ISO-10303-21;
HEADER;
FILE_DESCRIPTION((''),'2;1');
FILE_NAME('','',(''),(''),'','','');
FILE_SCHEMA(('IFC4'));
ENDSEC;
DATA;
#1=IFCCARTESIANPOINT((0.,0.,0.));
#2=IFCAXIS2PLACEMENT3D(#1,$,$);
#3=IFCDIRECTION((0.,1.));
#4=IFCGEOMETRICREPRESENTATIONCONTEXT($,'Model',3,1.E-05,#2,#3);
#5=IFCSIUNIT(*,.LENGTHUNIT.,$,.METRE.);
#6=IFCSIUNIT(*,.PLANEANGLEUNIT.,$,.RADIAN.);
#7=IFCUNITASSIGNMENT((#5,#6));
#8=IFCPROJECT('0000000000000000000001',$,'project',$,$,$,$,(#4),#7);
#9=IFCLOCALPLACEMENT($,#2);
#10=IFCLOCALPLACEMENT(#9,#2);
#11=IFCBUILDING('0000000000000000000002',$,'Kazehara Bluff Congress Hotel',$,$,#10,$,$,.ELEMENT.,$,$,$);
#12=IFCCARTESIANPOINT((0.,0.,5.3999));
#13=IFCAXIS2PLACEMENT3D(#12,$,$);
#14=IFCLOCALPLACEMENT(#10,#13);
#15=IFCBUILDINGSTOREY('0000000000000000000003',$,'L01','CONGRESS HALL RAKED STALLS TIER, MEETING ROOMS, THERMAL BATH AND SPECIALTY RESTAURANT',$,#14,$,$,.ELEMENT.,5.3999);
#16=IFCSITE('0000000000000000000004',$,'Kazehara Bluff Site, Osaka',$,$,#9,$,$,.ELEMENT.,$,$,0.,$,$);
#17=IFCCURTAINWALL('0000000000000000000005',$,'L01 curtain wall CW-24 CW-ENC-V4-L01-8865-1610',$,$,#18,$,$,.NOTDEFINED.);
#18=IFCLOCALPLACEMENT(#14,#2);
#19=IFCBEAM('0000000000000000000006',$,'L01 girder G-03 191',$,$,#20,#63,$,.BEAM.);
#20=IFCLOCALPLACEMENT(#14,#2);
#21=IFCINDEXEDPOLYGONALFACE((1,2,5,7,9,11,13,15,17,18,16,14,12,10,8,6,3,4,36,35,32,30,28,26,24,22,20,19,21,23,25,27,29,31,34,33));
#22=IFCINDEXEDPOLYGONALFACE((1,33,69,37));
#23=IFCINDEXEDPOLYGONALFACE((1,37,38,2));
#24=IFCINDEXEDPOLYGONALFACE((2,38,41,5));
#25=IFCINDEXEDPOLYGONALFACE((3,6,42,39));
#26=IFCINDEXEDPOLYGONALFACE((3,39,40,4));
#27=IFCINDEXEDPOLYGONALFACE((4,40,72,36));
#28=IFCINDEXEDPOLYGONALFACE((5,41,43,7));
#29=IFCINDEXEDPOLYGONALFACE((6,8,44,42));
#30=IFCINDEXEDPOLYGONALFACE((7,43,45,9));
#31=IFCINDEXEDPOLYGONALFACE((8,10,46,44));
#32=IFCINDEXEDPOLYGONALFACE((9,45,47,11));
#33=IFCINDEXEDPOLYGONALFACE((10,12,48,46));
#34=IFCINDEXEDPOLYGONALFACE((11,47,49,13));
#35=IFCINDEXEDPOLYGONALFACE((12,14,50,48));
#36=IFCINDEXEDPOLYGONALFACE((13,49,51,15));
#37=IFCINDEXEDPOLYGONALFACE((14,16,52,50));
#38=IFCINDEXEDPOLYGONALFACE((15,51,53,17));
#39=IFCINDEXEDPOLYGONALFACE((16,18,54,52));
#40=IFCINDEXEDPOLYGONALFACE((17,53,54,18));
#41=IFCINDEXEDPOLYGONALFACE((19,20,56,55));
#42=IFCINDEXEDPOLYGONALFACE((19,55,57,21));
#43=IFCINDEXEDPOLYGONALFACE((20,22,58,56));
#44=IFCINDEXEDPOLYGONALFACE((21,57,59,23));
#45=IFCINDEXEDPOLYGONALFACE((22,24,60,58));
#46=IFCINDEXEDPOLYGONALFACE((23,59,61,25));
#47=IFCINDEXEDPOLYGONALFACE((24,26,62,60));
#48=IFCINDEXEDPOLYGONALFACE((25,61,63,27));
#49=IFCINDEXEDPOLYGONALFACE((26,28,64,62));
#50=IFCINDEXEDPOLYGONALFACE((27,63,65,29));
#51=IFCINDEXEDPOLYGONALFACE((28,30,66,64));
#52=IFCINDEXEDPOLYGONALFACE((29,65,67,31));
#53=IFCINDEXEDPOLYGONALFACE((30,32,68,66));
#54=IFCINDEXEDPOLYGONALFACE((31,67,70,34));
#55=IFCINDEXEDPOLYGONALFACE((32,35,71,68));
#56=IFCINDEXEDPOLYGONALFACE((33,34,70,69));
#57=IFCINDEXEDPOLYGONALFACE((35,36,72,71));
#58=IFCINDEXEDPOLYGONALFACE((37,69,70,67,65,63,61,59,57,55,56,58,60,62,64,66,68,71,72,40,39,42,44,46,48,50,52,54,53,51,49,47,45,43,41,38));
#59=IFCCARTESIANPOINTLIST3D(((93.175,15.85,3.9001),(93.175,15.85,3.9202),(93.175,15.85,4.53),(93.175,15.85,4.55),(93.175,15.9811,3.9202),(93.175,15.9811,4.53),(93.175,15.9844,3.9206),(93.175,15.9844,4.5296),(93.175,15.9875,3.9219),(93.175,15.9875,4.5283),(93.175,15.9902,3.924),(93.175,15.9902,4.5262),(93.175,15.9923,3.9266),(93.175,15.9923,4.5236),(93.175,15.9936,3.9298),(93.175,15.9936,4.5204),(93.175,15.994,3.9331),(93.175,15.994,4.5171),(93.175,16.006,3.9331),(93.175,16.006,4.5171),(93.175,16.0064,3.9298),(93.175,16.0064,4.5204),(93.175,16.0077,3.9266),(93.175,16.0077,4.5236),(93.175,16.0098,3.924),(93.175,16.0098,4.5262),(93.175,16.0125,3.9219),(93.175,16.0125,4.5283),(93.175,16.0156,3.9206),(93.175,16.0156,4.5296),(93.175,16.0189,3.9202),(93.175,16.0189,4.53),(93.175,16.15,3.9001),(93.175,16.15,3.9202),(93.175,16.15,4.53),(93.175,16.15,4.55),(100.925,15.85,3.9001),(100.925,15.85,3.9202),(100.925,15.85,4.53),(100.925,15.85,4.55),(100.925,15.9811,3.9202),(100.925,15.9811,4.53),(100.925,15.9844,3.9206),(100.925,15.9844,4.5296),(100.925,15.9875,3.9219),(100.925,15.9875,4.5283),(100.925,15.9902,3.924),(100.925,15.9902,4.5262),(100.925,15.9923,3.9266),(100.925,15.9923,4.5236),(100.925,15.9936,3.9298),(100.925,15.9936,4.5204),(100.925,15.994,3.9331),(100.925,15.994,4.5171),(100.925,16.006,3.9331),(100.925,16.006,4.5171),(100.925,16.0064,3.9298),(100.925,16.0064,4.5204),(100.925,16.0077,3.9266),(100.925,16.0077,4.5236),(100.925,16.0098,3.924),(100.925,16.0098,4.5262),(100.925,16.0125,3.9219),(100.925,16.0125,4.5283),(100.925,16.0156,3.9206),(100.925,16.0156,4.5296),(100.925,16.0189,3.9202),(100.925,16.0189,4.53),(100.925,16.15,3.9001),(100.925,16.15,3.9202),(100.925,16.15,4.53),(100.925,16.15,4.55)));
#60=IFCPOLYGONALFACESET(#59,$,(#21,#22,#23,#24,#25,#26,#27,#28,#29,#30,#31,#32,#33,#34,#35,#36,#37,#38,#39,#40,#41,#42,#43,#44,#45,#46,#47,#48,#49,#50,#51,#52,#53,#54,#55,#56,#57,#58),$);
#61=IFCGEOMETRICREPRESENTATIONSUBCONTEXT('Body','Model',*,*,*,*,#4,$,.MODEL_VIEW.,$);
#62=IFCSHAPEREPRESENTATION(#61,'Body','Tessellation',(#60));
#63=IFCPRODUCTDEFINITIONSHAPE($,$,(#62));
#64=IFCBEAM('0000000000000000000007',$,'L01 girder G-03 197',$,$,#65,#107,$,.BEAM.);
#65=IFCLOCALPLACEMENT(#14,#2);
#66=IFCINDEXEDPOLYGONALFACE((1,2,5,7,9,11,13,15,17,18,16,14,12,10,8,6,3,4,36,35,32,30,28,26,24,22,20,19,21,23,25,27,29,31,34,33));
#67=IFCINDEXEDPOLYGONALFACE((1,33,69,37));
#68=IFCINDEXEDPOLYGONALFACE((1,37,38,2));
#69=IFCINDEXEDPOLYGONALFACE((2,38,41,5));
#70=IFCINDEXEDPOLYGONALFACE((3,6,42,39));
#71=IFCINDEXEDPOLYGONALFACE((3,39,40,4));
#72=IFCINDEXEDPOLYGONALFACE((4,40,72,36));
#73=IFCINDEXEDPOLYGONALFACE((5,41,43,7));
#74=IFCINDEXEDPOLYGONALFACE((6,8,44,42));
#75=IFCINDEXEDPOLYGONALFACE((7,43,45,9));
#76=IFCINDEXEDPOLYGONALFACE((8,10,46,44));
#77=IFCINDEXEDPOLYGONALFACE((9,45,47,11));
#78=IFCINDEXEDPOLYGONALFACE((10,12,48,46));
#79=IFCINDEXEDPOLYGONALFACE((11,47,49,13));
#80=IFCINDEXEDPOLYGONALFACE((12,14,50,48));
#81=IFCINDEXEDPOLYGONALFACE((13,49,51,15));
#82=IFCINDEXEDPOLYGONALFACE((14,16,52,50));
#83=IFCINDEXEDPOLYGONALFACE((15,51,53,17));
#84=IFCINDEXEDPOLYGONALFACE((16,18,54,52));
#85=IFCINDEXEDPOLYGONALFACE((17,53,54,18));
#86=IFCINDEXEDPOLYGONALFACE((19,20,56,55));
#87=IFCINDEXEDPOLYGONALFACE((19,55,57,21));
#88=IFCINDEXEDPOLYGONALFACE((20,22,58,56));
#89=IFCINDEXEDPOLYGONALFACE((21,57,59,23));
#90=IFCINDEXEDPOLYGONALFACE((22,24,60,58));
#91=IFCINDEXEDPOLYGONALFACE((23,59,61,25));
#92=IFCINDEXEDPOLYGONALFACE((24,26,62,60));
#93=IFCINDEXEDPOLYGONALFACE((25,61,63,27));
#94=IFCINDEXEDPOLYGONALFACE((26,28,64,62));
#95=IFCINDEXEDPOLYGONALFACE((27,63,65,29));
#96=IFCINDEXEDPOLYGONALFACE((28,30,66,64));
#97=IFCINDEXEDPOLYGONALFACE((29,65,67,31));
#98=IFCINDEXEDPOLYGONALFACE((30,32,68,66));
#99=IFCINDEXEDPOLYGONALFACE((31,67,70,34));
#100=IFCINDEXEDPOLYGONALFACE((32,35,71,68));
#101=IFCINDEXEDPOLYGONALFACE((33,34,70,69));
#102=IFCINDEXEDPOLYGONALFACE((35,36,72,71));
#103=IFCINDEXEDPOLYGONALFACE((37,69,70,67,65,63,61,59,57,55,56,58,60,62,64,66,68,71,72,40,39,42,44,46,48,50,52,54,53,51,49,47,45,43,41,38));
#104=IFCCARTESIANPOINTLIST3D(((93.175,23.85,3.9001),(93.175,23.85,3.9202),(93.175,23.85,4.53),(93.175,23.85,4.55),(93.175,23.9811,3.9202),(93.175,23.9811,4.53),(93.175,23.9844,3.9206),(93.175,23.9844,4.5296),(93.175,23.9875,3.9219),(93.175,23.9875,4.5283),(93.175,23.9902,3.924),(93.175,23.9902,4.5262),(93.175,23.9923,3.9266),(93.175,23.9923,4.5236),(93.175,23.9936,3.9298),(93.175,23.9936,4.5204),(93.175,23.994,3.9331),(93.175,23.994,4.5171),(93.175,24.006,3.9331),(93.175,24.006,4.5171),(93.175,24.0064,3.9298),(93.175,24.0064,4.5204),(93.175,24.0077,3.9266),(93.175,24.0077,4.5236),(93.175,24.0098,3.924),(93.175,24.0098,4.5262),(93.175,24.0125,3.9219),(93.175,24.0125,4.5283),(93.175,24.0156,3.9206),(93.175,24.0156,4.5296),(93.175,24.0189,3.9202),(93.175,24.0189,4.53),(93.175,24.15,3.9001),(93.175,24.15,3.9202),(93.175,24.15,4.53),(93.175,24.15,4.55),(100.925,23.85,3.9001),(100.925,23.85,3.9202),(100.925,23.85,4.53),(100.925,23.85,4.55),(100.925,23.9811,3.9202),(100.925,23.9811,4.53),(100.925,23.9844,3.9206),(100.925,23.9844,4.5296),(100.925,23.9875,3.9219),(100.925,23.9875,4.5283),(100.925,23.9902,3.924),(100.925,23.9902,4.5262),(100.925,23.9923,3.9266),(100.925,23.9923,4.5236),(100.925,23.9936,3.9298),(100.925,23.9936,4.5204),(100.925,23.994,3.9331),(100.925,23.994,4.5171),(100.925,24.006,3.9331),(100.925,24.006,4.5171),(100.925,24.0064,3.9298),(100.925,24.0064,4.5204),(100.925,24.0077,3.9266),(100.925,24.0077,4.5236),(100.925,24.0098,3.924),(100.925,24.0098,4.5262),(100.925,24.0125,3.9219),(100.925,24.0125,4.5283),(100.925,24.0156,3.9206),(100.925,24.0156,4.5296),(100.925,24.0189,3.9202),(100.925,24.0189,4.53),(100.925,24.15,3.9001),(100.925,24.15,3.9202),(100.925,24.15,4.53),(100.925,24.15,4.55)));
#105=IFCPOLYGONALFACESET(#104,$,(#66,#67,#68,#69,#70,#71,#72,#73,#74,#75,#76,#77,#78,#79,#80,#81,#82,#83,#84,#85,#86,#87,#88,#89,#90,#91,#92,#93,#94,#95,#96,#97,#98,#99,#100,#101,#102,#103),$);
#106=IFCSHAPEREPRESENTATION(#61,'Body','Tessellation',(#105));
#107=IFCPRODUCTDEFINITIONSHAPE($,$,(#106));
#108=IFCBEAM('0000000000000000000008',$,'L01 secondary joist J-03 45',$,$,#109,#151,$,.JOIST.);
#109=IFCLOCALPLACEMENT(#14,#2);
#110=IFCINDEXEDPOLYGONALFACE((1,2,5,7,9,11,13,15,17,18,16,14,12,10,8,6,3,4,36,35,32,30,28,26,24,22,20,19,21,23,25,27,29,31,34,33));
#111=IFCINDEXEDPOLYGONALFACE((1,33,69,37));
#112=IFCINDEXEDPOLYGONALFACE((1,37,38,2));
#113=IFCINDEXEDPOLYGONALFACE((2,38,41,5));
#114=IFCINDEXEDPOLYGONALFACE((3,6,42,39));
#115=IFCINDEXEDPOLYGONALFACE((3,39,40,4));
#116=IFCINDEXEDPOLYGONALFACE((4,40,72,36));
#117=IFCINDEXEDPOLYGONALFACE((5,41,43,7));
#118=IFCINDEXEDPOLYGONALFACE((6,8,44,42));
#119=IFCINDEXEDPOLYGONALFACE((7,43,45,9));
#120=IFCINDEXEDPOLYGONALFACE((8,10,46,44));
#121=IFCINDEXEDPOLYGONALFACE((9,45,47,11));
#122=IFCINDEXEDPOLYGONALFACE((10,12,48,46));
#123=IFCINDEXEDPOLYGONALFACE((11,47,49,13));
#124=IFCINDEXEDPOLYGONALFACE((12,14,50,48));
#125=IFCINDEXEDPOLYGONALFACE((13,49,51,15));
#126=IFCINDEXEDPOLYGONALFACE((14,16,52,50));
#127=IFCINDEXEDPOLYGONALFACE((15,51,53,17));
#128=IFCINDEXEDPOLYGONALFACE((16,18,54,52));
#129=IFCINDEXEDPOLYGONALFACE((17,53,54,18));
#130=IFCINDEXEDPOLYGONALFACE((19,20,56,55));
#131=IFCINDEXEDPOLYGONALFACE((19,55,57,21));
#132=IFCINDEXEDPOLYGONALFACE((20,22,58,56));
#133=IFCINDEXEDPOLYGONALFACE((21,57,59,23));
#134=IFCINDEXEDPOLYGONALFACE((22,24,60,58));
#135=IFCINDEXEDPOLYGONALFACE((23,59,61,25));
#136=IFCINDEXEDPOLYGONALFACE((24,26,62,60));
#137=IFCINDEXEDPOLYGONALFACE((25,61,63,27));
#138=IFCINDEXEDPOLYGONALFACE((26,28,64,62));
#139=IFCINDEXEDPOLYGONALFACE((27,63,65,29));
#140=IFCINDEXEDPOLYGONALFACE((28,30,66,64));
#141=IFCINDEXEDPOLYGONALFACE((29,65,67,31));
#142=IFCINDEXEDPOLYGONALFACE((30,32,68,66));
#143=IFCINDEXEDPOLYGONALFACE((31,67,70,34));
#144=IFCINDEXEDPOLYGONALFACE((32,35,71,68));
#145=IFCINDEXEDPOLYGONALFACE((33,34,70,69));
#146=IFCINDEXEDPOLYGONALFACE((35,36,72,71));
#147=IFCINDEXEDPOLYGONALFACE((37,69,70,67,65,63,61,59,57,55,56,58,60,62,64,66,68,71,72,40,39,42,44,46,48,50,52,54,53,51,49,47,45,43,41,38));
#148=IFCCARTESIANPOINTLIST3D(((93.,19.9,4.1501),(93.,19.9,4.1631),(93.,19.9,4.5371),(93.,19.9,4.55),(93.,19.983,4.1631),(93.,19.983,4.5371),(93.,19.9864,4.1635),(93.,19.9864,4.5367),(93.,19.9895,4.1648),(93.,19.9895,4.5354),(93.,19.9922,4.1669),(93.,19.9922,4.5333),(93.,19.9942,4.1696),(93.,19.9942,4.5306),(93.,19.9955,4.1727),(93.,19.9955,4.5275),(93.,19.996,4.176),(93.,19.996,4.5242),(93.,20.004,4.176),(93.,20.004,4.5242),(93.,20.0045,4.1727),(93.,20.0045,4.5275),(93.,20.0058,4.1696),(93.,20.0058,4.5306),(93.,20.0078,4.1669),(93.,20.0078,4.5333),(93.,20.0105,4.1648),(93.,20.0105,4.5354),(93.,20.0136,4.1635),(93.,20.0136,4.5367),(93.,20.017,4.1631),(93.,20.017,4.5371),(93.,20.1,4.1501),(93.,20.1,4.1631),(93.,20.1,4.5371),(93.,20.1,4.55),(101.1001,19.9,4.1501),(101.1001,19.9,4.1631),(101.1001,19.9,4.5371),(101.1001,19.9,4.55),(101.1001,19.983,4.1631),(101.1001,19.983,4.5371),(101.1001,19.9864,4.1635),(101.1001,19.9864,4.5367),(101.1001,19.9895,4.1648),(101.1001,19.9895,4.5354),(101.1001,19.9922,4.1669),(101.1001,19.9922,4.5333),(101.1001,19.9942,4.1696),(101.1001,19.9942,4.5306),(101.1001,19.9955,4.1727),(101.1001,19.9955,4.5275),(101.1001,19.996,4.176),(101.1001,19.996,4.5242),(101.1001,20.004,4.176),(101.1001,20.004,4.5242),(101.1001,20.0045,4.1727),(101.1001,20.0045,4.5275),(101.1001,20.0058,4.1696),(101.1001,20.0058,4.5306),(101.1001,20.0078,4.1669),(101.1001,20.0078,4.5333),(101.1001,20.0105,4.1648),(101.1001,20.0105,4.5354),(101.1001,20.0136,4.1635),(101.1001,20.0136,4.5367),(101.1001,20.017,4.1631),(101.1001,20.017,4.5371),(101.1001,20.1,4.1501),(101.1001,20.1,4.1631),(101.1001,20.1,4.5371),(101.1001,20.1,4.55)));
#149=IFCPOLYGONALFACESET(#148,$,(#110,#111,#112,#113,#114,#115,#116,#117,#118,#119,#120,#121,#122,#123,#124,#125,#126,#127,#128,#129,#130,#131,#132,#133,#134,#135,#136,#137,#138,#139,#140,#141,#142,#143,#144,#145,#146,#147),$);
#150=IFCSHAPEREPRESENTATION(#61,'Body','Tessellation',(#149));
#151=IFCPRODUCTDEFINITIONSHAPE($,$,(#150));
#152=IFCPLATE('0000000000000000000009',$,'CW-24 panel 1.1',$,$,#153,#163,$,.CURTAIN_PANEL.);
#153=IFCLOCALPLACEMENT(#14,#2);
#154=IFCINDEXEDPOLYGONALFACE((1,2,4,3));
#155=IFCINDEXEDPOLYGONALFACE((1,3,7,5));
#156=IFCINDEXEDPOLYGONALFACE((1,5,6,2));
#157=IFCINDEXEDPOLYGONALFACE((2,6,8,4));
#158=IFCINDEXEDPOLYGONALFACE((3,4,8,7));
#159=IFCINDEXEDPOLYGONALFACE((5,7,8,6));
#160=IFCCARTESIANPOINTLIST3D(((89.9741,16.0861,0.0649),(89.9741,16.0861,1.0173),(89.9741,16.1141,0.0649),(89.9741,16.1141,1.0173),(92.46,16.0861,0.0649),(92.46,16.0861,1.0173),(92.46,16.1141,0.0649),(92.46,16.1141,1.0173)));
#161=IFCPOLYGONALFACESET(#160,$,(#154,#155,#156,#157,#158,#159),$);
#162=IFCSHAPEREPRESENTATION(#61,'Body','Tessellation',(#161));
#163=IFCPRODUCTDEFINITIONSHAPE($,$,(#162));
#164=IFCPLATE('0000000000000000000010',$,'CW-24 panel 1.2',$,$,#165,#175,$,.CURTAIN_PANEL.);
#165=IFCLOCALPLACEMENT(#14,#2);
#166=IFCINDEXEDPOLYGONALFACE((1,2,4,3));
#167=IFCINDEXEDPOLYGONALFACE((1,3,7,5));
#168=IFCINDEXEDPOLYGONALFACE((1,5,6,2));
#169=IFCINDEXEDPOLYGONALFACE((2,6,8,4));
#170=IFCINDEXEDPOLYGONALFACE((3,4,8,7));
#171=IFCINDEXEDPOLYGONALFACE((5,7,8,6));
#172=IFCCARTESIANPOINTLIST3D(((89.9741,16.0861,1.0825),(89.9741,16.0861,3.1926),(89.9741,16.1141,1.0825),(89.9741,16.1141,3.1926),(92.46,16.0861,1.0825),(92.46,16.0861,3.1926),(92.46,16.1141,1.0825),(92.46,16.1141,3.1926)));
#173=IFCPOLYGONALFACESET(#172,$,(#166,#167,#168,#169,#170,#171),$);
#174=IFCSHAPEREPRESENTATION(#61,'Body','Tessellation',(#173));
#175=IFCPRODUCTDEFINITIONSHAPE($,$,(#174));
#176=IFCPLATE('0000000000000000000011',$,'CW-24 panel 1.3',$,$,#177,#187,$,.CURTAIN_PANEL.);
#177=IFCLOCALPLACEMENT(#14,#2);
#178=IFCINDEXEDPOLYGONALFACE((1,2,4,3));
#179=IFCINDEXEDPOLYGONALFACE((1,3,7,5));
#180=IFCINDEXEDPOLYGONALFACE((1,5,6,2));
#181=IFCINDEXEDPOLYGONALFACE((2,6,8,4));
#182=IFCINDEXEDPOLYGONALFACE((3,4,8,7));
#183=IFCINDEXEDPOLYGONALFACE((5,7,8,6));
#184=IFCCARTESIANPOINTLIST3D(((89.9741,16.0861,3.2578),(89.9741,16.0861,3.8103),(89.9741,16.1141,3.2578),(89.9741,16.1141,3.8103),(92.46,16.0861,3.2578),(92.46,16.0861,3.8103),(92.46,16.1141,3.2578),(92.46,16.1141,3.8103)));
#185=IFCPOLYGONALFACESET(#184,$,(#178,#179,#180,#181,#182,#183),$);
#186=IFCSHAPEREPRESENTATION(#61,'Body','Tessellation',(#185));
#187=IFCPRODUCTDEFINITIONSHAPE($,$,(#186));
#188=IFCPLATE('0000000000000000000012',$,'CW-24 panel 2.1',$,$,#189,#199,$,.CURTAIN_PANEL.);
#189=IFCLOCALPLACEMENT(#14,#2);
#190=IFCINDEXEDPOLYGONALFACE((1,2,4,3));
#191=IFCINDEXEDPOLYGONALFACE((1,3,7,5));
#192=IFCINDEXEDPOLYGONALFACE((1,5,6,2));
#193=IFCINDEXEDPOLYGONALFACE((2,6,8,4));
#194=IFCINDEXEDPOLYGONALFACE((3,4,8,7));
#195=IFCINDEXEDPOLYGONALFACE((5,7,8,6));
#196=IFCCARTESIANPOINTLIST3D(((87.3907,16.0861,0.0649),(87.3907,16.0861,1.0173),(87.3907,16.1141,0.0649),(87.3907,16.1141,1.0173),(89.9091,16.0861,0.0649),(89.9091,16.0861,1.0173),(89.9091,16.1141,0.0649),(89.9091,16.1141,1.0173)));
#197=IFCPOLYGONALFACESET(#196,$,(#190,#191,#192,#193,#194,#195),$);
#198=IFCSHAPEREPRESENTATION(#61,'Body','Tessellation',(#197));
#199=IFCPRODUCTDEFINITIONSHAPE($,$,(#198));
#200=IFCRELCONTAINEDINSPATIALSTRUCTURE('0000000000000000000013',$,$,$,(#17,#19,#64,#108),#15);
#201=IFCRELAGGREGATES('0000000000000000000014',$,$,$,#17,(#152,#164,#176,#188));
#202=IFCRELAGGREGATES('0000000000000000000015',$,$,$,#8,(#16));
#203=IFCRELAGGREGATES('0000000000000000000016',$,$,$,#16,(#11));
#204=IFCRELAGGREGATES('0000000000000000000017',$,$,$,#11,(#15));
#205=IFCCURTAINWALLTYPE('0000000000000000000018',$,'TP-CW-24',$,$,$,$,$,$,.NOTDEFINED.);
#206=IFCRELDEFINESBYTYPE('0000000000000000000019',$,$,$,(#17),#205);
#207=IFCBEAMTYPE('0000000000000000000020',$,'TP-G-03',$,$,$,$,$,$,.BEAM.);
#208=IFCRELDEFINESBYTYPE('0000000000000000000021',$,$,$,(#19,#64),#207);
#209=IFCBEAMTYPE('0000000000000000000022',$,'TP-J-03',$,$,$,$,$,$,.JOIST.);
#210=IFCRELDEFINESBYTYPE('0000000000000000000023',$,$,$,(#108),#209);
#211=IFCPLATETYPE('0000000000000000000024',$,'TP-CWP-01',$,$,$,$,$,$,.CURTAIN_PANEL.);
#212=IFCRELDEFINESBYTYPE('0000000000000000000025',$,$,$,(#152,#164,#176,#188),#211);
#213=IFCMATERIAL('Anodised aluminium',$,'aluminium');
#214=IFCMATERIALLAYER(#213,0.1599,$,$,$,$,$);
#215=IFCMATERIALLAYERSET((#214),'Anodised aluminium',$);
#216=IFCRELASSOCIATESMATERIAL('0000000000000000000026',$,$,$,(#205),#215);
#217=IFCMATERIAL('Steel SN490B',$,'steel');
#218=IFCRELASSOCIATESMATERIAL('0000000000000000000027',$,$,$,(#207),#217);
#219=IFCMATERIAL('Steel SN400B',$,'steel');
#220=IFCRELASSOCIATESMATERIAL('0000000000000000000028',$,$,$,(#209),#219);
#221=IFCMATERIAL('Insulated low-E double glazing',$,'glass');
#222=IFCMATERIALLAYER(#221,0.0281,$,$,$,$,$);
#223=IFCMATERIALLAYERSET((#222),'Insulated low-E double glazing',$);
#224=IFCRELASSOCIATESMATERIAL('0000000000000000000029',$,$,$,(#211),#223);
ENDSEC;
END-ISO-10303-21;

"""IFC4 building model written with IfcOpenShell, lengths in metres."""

from ifc_helpers import new_model, si_unit, direction, frame, origin, origin_2d, place, context, subcontext, project, spatial, rectangle, i_section, extrude, material, layer, layer_set, material_profile, profile_set, type_object, element, aggregate, save


model = new_model("IFC4")

# Units and contexts
model_context = context("Model", 3, precision=1e-05, world=origin(), true_north=direction((0.0, 1.0)))
body_context = subcontext(model_context, "Body", "Model", "MODEL_VIEW")
ifc_project = project(units=[si_unit("LENGTHUNIT", "METRE"), si_unit("PLANEANGLEUNIT", "RADIAN")], contexts=[model_context])

# Site, building, storey
site_placement = place(None, origin())
site = spatial("IfcSite", under=ifc_project, at=site_placement, Name="Kazehara Bluff Site, Osaka", CompositionType="ELEMENT", RefElevation=0.0)
building_placement = place(site_placement, origin())
building = spatial("IfcBuilding", under=site, at=building_placement, Name="Kazehara Bluff Congress Hotel", CompositionType="ELEMENT")
storey_placement = place(building_placement, frame((0.0, 0.0, 5.3999)))
storey = spatial("IfcBuildingStorey", under=building, at=storey_placement, Name="L01", Description="CONGRESS HALL RAKED STALLS TIER, MEETING ROOMS, THERMAL BATH AND SPECIALTY RESTAURANT", CompositionType="ELEMENT", Elevation=5.3999)

# Curtain wall
ifc_material_1 = material(Name="Anodised aluminium", Category="aluminium")
ifc_layer_1 = layer(ifc_material_1, 0.1599)
ifc_layer_set_1 = layer_set([ifc_layer_1], Name="Anodised aluminium")
curtain_wall_type = type_object("IfcCurtainWallType", Name="TP-CW-24", PredefinedType="NOTDEFINED", material=ifc_layer_set_1)
curtain_wall_1_placement = place(storey_placement, origin())
curtain_wall_1 = element("IfcCurtainWall", 1, at=curtain_wall_1_placement, inside=storey, type_object=curtain_wall_type, Name="L01 curtain wall CW-24 CW-ENC-V4-L01-8865-1610", PredefinedType="NOTDEFINED")

# Beams
ifc_material_2 = material(Name="Steel SN490B", Category="steel")
ifc_material_profile_1 = material_profile(ifc_material_2, i_section(OverallWidth=0.3, OverallDepth=0.6499, WebThickness=0.012, FlangeThickness=0.02, FilletRadius=0.0129, at=origin_2d()))
ifc_profile_set_1 = profile_set([ifc_material_profile_1], Name="Steel SN490B")
beam_type_1 = type_object("IfcBeamType", Name="TP-G-03", PredefinedType="BEAM", material=ifc_profile_set_1)
for number, where, z_axis, x_axis, name in (
    (2, (93.175, 16.0, 4.2251), (1.0, 0.0, 0.0), (0.0, 1.0, 0.0), "L01 girder G-03 191"),
    (3, (93.175, 24.0, 4.2251), (1.0, 0.0, 0.0), (0.0, 1.0, 0.0), "L01 girder G-03 197"),
):
    element("IfcBeam", number, at=place(storey_placement, frame(where, z_axis=z_axis, x_axis=x_axis)), inside=storey, type_object=beam_type_1, Name=name, PredefinedType="BEAM", context=body_context, shape_type="SweptSolid", body=[
        extrude(i_section(OverallWidth=0.3, OverallDepth=0.6499, WebThickness=0.012, FlangeThickness=0.02, FilletRadius=0.0129, at=origin_2d()), origin(), (0.0, 0.0, 1.0), 7.75),
    ])
ifc_material_3 = material(Name="Steel SN400B", Category="steel")
ifc_material_profile_2 = material_profile(ifc_material_3, i_section(OverallWidth=0.2, OverallDepth=0.3999, WebThickness=0.0081, FlangeThickness=0.0129, FilletRadius=0.0129, at=origin_2d()))
ifc_profile_set_2 = profile_set([ifc_material_profile_2], Name="Steel SN400B")
beam_type_2 = type_object("IfcBeamType", Name="TP-J-03", PredefinedType="JOIST", material=ifc_profile_set_2)
beam_placement = place(storey_placement, frame((93.0, 20.0, 4.3501), z_axis=(1.0, 0.0, 0.0), x_axis=(0.0, 1.0, 0.0)))
element("IfcBeam", 4, at=beam_placement, inside=storey, type_object=beam_type_2, Name="L01 secondary joist J-03 45", PredefinedType="JOIST", context=body_context, shape_type="SweptSolid", body=[
    extrude(i_section(OverallWidth=0.2, OverallDepth=0.3999, WebThickness=0.0081, FlangeThickness=0.0129, FilletRadius=0.0129, at=origin_2d()), origin(), (0.0, 0.0, 1.0), 8.1001),
])

# Plates
ifc_material_4 = material(Name="Insulated low-E double glazing", Category="glass")
ifc_layer_2 = layer(ifc_material_4, 0.0281)
ifc_layer_set_2 = layer_set([ifc_layer_2], Name="Insulated low-E double glazing")
plate_type = type_object("IfcPlateType", Name="TP-CWP-01", PredefinedType="CURTAIN_PANEL", material=ifc_layer_set_2)
plate_1_placement = place(storey_placement, frame((91.217, 16.1001, 0.0649), z_axis=(0.0, 0.0, 1.0), x_axis=(-1.0, 0.0, 0.0)))
plate_1 = element("IfcPlate", 5, at=plate_1_placement, type_object=plate_type, Name="CW-24 panel 1.1", PredefinedType="CURTAIN_PANEL", context=body_context, shape_type="SweptSolid", body=[
    extrude(rectangle(XDim=2.4858, YDim=0.0281, at=origin_2d()), origin(), (0.0, 0.0, 1.0), 0.9524),
])
plate_2_placement = place(storey_placement, frame((91.217, 16.1001, 1.0825), z_axis=(0.0, 0.0, 1.0), x_axis=(-1.0, 0.0, 0.0)))
plate_2 = element("IfcPlate", 6, at=plate_2_placement, type_object=plate_type, Name="CW-24 panel 1.2", PredefinedType="CURTAIN_PANEL", context=body_context, shape_type="SweptSolid", body=[
    extrude(rectangle(XDim=2.4858, YDim=0.0281, at=origin_2d()), origin(), (0.0, 0.0, 1.0), 2.1101),
])
plate_3_placement = place(storey_placement, frame((91.217, 16.1001, 3.2578), z_axis=(0.0, 0.0, 1.0), x_axis=(-1.0, 0.0, 0.0)))
plate_3 = element("IfcPlate", 7, at=plate_3_placement, type_object=plate_type, Name="CW-24 panel 1.3", PredefinedType="CURTAIN_PANEL", context=body_context, shape_type="SweptSolid", body=[
    extrude(rectangle(XDim=2.4858, YDim=0.0281, at=origin_2d()), origin(), (0.0, 0.0, 1.0), 0.5525),
])
plate_4_placement = place(storey_placement, frame((88.6499, 16.1001, 0.0649), z_axis=(0.0, 0.0, 1.0), x_axis=(-1.0, 0.0, 0.0)))
plate_4 = element("IfcPlate", 8, at=plate_4_placement, type_object=plate_type, Name="CW-24 panel 2.1", PredefinedType="CURTAIN_PANEL", context=body_context, shape_type="SweptSolid", body=[
    extrude(rectangle(XDim=2.5183, YDim=0.0281, at=origin_2d()), origin(), (0.0, 0.0, 1.0), 0.9524),
])
aggregate(curtain_wall_1, [plate_1, plate_2, plate_3, plate_4])

save(model, "model.ifc")
